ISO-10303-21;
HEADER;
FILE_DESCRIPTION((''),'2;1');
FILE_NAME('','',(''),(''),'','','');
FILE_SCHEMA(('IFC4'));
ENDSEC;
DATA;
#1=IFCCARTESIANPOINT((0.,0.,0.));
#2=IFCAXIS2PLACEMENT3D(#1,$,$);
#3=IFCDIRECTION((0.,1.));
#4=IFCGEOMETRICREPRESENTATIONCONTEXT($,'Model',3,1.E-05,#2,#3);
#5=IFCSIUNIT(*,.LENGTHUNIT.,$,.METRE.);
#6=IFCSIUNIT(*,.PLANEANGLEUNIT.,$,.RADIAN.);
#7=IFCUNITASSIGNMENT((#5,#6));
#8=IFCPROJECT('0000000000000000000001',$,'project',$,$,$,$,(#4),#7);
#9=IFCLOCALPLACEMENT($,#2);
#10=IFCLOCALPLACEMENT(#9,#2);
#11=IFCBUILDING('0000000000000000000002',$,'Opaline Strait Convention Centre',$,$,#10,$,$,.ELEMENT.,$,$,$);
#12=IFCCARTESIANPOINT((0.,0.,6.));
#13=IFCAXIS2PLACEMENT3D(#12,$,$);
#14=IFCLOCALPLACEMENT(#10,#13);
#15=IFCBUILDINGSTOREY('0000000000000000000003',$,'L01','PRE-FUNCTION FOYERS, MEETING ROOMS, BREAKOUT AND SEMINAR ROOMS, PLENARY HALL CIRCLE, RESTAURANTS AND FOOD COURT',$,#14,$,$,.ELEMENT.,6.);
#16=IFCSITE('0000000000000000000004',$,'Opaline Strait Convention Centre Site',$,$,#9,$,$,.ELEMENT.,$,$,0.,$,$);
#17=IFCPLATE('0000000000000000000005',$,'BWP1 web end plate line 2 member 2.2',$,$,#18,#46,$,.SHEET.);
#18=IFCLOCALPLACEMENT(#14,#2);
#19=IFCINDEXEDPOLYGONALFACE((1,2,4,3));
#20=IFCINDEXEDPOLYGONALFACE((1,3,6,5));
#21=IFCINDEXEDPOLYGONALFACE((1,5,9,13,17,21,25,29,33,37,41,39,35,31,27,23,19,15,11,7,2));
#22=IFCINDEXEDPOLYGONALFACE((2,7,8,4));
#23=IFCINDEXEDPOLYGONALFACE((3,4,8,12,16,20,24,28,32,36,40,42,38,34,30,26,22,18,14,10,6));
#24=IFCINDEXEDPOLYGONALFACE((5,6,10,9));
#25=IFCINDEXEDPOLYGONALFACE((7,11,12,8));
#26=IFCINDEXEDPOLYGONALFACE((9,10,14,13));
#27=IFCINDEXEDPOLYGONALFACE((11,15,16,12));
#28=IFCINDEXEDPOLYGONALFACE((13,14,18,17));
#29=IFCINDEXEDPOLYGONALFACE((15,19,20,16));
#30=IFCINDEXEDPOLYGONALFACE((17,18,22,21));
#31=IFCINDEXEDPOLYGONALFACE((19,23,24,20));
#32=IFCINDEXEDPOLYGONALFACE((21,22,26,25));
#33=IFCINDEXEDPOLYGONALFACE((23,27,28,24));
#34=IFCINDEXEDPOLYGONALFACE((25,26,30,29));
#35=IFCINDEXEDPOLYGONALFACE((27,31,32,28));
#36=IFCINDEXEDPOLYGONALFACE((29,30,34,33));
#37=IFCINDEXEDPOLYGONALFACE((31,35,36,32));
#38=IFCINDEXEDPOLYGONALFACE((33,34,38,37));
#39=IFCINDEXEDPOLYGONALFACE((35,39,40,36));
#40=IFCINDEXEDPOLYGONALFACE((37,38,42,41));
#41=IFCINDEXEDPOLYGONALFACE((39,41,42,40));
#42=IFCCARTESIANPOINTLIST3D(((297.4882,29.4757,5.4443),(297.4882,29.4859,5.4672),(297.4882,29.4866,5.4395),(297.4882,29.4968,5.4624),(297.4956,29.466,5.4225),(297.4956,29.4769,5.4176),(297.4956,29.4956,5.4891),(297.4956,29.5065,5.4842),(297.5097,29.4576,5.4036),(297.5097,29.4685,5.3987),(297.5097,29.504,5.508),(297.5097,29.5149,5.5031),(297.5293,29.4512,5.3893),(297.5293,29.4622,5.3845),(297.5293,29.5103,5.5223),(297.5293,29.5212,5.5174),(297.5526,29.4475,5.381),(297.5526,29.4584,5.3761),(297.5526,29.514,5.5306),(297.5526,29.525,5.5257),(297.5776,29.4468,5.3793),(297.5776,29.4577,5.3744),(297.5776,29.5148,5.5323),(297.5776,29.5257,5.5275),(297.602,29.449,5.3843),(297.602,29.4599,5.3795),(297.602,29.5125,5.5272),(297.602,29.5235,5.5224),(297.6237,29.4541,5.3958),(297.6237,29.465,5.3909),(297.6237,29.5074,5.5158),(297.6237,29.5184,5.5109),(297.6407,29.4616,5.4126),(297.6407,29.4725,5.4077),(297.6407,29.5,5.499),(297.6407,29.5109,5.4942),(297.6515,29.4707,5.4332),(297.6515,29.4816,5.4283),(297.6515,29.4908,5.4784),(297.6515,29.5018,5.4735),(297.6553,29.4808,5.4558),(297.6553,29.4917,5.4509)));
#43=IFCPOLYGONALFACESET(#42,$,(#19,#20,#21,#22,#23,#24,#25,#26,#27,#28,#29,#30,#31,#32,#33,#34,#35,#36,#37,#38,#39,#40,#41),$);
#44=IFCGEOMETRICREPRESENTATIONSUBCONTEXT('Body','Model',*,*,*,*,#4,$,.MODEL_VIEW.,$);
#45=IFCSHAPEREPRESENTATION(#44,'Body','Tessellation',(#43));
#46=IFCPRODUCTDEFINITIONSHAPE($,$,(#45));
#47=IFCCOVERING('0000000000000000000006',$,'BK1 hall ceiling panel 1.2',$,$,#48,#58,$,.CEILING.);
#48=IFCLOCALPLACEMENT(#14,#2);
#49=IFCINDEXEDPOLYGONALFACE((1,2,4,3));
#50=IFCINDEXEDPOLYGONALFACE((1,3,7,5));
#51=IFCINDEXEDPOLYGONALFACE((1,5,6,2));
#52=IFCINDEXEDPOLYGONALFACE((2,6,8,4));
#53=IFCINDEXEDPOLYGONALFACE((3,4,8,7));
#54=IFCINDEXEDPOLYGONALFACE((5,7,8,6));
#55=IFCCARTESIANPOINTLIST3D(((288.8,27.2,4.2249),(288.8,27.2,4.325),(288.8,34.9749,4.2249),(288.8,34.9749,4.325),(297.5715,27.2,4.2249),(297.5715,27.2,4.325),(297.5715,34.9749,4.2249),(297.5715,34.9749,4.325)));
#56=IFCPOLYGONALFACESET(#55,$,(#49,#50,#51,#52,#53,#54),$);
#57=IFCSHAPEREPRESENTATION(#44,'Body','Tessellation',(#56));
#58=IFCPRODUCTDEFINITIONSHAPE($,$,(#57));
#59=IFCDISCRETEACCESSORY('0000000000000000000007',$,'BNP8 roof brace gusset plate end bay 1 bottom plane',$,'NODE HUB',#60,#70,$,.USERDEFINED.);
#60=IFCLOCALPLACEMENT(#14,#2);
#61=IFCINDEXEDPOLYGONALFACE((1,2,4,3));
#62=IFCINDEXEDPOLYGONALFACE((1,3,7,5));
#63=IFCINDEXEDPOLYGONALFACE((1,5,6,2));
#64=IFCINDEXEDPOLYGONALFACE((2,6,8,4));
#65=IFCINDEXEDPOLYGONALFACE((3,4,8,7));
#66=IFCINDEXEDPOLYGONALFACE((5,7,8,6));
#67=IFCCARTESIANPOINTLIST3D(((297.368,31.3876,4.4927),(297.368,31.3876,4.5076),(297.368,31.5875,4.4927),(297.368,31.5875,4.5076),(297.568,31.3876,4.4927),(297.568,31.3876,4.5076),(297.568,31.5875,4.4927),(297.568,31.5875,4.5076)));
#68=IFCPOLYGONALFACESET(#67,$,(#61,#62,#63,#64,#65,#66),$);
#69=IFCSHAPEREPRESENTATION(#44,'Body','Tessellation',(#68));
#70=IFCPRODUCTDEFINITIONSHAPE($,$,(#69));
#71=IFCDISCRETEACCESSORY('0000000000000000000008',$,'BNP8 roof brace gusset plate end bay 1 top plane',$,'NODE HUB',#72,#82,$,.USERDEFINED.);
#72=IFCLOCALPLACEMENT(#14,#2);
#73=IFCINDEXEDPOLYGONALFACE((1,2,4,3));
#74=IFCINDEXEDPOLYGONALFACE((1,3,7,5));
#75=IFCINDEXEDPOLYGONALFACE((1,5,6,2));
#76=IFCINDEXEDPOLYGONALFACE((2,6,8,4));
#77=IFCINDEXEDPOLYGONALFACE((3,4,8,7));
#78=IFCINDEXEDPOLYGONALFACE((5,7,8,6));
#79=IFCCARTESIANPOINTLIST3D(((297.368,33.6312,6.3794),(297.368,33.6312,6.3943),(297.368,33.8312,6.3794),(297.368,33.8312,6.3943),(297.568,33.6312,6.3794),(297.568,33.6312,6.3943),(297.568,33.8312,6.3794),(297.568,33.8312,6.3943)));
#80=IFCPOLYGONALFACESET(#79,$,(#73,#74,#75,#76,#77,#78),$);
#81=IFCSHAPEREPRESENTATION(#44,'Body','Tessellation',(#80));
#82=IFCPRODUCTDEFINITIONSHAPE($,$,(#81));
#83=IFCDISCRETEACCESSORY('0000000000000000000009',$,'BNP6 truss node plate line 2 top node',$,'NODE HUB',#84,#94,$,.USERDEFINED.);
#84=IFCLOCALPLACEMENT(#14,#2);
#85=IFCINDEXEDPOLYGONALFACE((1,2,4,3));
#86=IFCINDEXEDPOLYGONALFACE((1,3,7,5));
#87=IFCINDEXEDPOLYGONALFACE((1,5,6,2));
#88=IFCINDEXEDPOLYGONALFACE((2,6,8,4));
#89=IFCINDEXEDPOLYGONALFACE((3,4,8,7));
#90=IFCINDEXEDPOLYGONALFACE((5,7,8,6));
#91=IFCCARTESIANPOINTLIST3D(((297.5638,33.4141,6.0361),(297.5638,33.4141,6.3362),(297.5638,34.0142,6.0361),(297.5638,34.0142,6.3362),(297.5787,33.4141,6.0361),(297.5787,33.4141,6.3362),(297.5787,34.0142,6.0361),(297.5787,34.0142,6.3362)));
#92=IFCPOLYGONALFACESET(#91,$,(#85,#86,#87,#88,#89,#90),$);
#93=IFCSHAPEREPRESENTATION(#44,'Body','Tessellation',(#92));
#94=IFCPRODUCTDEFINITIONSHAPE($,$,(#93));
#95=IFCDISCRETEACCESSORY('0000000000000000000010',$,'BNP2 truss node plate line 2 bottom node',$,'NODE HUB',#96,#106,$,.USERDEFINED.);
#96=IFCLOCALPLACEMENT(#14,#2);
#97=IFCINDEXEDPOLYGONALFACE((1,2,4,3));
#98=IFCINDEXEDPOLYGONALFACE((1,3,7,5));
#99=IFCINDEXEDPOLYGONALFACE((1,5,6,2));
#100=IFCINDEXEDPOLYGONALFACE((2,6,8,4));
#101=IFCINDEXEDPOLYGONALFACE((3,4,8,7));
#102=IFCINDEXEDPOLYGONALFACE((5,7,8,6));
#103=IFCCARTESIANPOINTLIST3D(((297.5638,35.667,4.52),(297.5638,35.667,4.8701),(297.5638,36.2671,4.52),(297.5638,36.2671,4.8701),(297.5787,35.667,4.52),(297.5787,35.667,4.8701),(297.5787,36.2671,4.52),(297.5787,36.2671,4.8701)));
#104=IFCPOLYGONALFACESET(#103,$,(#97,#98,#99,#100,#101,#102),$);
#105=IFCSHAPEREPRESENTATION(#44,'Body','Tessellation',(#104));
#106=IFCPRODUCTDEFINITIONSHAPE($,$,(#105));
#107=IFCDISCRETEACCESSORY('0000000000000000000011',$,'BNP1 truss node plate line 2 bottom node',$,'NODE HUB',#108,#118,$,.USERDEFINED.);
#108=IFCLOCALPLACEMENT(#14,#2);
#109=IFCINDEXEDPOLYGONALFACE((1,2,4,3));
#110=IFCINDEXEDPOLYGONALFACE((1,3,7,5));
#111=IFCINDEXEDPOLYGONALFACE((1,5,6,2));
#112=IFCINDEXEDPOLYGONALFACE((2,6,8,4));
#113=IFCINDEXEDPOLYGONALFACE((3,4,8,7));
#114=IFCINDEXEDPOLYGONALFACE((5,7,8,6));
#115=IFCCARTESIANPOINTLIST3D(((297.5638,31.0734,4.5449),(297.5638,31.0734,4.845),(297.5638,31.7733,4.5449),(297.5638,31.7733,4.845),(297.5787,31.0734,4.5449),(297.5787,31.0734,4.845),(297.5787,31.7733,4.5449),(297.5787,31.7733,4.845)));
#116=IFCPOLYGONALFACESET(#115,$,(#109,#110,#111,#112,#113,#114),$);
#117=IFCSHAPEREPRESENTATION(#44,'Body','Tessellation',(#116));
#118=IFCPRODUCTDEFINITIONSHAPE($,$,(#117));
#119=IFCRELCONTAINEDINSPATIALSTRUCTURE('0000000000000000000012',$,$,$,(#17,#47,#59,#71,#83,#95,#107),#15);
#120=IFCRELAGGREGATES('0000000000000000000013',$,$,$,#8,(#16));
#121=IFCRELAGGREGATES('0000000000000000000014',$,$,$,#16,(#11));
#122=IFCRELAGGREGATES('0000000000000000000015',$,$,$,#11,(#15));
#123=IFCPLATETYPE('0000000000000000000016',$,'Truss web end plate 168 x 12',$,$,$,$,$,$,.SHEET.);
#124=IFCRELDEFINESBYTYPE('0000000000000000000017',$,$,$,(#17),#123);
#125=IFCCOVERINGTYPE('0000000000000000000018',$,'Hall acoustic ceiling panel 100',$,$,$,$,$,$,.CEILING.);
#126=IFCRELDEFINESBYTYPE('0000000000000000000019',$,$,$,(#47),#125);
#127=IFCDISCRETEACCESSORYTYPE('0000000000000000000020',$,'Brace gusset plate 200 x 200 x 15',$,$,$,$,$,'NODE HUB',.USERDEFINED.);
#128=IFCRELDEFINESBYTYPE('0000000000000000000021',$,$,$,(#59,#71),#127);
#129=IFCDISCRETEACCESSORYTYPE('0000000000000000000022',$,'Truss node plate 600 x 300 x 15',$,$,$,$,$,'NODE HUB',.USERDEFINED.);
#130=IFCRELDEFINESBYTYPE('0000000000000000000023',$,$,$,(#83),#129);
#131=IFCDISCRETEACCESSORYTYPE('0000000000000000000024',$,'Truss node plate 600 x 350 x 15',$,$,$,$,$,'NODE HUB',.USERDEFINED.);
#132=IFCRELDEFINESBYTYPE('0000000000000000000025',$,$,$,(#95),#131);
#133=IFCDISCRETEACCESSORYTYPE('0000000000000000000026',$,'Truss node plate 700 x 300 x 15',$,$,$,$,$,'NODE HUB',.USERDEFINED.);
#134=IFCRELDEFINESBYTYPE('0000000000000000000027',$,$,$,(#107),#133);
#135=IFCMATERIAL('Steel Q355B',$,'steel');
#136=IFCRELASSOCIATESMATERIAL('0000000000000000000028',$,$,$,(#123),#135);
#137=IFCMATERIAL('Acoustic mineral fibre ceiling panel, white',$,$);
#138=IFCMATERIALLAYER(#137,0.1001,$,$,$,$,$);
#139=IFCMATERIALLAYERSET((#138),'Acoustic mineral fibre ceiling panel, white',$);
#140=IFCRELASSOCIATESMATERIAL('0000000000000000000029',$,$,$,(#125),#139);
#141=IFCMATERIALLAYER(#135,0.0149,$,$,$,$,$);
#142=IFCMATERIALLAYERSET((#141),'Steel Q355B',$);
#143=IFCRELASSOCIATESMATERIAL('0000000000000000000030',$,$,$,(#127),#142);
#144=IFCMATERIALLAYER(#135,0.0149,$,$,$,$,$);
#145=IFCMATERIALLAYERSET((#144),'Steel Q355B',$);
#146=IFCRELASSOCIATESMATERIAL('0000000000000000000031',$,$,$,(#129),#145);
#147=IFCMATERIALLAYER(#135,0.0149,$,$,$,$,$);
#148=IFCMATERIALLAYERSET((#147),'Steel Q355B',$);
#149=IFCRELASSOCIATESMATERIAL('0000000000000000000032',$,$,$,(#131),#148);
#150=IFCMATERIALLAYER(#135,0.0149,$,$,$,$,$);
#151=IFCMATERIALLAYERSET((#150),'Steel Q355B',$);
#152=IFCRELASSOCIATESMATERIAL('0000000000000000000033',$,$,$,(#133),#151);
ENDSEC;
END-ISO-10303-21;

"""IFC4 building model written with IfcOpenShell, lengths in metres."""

from ifc_helpers import new_model, si_unit, direction, frame, origin, origin_2d, place, context, subcontext, project, spatial, rectangle, circle, extrude, material, layer, layer_set, material_profile, profile_set, type_object, element, save


model = new_model("IFC4")

# Units and contexts
model_context = context("Model", 3, precision=1e-05, world=origin(), true_north=direction((0.0, 1.0)))
body_context = subcontext(model_context, "Body", "Model", "MODEL_VIEW")
ifc_project = project(units=[si_unit("LENGTHUNIT", "METRE"), si_unit("PLANEANGLEUNIT", "RADIAN")], contexts=[model_context])

# Site, building, storey
site_placement = place(None, origin())
site = spatial("IfcSite", under=ifc_project, at=site_placement, Name="Opaline Strait Convention Centre Site", CompositionType="ELEMENT", RefElevation=0.0)
building_placement = place(site_placement, origin())
building = spatial("IfcBuilding", under=site, at=building_placement, Name="Opaline Strait Convention Centre", CompositionType="ELEMENT")
storey_placement = place(building_placement, frame((0.0, 0.0, 6.0)))
storey = spatial("IfcBuildingStorey", under=building, at=storey_placement, Name="L01", Description="PRE-FUNCTION FOYERS, MEETING ROOMS, BREAKOUT AND SEMINAR ROOMS, PLENARY HALL CIRCLE, RESTAURANTS AND FOOD COURT", CompositionType="ELEMENT", Elevation=6.0)

# Shared definitions
ifc_material_1 = material(Name="Steel Q355B", Category="steel")

# Plate
ifc_material_profile_1 = material_profile(ifc_material_1, circle(Radius=0.084, at=origin_2d()), Name="D168")
ifc_profile_set_1 = profile_set([ifc_material_profile_1], Name="Steel Q355B")
plate_type = type_object("IfcPlateType", Name="Truss web end plate 168 x 12", PredefinedType="SHEET", material=ifc_profile_set_1)
for number, where, z_axis, x_axis, name in (
    (1, (297.5713, 29.4917, 5.4509), (0.0, -0.913812, 0.406138), (1.0, 0.0, 0.0), "BWP1 web end plate line 2 member 2.2"),
):
    element("IfcPlate", number, at=place(storey_placement, frame(where, z_axis=z_axis, x_axis=x_axis)), inside=storey, type_object=plate_type, Name=name, PredefinedType="SHEET", context=body_context, shape_type="SweptSolid", body=[
        extrude(circle(Radius=0.084, at=origin_2d()), origin(), (0.0, 0.0, 1.0), 0.012),
    ])

# Covering
ifc_material_2 = material(Name="Acoustic mineral fibre ceiling panel, white")
ifc_layer_1 = layer(ifc_material_2, 0.1001)
ifc_layer_set_1 = layer_set([ifc_layer_1], Name="Acoustic mineral fibre ceiling panel, white")
covering_type = type_object("IfcCoveringType", Name="Hall acoustic ceiling panel 100", PredefinedType="CEILING", material=ifc_layer_set_1)
covering_placement = place(storey_placement, frame((293.1858, 31.0874, 4.2249), z_axis=(0.0, 0.0, 1.0), x_axis=(1.0, 0.0, 0.0)))
element("IfcCovering", 2, at=covering_placement, inside=storey, type_object=covering_type, Name="BK1 hall ceiling panel 1.2", PredefinedType="CEILING", context=body_context, shape_type="SweptSolid", body=[
    extrude(rectangle(XDim=8.7715, YDim=7.7749, at=origin_2d()), origin(), (0.0, 0.0, 1.0), 0.1001),
])

# Discrete accessories
ifc_layer_2 = layer(ifc_material_1, 0.0149)
ifc_layer_set_2 = layer_set([ifc_layer_2], Name="Steel Q355B")
discrete_accessory_type_1 = type_object("IfcDiscreteAccessoryType", Name="Brace gusset plate 200 x 200 x 15", ElementType="NODE HUB", PredefinedType="USERDEFINED", material=ifc_layer_set_2)
for number, where, z_axis, x_axis, name in (
    (3, (297.468, 31.4875, 4.4927), (0.0, 0.0, 1.0), (1.0, 0.0, 0.0), "BNP8 roof brace gusset plate end bay 1 bottom plane"),
    (4, (297.468, 33.7312, 6.3794), (0.0, 0.0, 1.0), (1.0, 0.0, 0.0), "BNP8 roof brace gusset plate end bay 1 top plane"),
):
    element("IfcDiscreteAccessory", number, at=place(storey_placement, frame(where, z_axis=z_axis, x_axis=x_axis)), inside=storey, type_object=discrete_accessory_type_1, Name=name, ObjectType="NODE HUB", PredefinedType="USERDEFINED", context=body_context, shape_type="SweptSolid", body=[
        extrude(rectangle(XDim=0.2, YDim=0.2, at=origin_2d()), origin(), (0.0, 0.0, 1.0), 0.0149),
    ])
ifc_layer_3 = layer(ifc_material_1, 0.0149)
ifc_layer_set_3 = layer_set([ifc_layer_3], Name="Steel Q355B")
discrete_accessory_type_2 = type_object("IfcDiscreteAccessoryType", Name="Truss node plate 600 x 300 x 15", ElementType="NODE HUB", PredefinedType="USERDEFINED", material=ifc_layer_set_3)
discrete_accessory_1_placement = place(storey_placement, frame((297.5713, 33.7141, 6.0361), z_axis=(0.0, 0.0, 1.0), x_axis=(1.0, 0.0, 0.0)))
element("IfcDiscreteAccessory", 5, at=discrete_accessory_1_placement, inside=storey, type_object=discrete_accessory_type_2, Name="BNP6 truss node plate line 2 top node", ObjectType="NODE HUB", PredefinedType="USERDEFINED", context=body_context, shape_type="SweptSolid", body=[
    extrude(rectangle(XDim=0.0149, YDim=0.6001, at=origin_2d()), origin(), (0.0, 0.0, 1.0), 0.3),
])
ifc_layer_4 = layer(ifc_material_1, 0.0149)
ifc_layer_set_4 = layer_set([ifc_layer_4], Name="Steel Q355B")
discrete_accessory_type_3 = type_object("IfcDiscreteAccessoryType", Name="Truss node plate 600 x 350 x 15", ElementType="NODE HUB", PredefinedType="USERDEFINED", material=ifc_layer_set_4)
discrete_accessory_2_placement = place(storey_placement, frame((297.5713, 35.967, 4.52), z_axis=(0.0, 0.0, 1.0), x_axis=(1.0, 0.0, 0.0)))
element("IfcDiscreteAccessory", 6, at=discrete_accessory_2_placement, inside=storey, type_object=discrete_accessory_type_3, Name="BNP2 truss node plate line 2 bottom node", ObjectType="NODE HUB", PredefinedType="USERDEFINED", context=body_context, shape_type="SweptSolid", body=[
    extrude(rectangle(XDim=0.0149, YDim=0.6001, at=origin_2d()), origin(), (0.0, 0.0, 1.0), 0.3501),
])
ifc_layer_5 = layer(ifc_material_1, 0.0149)
ifc_layer_set_5 = layer_set([ifc_layer_5], Name="Steel Q355B")
discrete_accessory_type_4 = type_object("IfcDiscreteAccessoryType", Name="Truss node plate 700 x 300 x 15", ElementType="NODE HUB", PredefinedType="USERDEFINED", material=ifc_layer_set_5)
discrete_accessory_3_placement = place(storey_placement, frame((297.5713, 31.4233, 4.5449), z_axis=(0.0, 0.0, 1.0), x_axis=(1.0, 0.0, 0.0)))
element("IfcDiscreteAccessory", 7, at=discrete_accessory_3_placement, inside=storey, type_object=discrete_accessory_type_4, Name="BNP1 truss node plate line 2 bottom node", ObjectType="NODE HUB", PredefinedType="USERDEFINED", context=body_context, shape_type="SweptSolid", body=[
    extrude(rectangle(XDim=0.0149, YDim=0.7, at=origin_2d()), origin(), (0.0, 0.0, 1.0), 0.3),
])

save(model, "model.ifc")
